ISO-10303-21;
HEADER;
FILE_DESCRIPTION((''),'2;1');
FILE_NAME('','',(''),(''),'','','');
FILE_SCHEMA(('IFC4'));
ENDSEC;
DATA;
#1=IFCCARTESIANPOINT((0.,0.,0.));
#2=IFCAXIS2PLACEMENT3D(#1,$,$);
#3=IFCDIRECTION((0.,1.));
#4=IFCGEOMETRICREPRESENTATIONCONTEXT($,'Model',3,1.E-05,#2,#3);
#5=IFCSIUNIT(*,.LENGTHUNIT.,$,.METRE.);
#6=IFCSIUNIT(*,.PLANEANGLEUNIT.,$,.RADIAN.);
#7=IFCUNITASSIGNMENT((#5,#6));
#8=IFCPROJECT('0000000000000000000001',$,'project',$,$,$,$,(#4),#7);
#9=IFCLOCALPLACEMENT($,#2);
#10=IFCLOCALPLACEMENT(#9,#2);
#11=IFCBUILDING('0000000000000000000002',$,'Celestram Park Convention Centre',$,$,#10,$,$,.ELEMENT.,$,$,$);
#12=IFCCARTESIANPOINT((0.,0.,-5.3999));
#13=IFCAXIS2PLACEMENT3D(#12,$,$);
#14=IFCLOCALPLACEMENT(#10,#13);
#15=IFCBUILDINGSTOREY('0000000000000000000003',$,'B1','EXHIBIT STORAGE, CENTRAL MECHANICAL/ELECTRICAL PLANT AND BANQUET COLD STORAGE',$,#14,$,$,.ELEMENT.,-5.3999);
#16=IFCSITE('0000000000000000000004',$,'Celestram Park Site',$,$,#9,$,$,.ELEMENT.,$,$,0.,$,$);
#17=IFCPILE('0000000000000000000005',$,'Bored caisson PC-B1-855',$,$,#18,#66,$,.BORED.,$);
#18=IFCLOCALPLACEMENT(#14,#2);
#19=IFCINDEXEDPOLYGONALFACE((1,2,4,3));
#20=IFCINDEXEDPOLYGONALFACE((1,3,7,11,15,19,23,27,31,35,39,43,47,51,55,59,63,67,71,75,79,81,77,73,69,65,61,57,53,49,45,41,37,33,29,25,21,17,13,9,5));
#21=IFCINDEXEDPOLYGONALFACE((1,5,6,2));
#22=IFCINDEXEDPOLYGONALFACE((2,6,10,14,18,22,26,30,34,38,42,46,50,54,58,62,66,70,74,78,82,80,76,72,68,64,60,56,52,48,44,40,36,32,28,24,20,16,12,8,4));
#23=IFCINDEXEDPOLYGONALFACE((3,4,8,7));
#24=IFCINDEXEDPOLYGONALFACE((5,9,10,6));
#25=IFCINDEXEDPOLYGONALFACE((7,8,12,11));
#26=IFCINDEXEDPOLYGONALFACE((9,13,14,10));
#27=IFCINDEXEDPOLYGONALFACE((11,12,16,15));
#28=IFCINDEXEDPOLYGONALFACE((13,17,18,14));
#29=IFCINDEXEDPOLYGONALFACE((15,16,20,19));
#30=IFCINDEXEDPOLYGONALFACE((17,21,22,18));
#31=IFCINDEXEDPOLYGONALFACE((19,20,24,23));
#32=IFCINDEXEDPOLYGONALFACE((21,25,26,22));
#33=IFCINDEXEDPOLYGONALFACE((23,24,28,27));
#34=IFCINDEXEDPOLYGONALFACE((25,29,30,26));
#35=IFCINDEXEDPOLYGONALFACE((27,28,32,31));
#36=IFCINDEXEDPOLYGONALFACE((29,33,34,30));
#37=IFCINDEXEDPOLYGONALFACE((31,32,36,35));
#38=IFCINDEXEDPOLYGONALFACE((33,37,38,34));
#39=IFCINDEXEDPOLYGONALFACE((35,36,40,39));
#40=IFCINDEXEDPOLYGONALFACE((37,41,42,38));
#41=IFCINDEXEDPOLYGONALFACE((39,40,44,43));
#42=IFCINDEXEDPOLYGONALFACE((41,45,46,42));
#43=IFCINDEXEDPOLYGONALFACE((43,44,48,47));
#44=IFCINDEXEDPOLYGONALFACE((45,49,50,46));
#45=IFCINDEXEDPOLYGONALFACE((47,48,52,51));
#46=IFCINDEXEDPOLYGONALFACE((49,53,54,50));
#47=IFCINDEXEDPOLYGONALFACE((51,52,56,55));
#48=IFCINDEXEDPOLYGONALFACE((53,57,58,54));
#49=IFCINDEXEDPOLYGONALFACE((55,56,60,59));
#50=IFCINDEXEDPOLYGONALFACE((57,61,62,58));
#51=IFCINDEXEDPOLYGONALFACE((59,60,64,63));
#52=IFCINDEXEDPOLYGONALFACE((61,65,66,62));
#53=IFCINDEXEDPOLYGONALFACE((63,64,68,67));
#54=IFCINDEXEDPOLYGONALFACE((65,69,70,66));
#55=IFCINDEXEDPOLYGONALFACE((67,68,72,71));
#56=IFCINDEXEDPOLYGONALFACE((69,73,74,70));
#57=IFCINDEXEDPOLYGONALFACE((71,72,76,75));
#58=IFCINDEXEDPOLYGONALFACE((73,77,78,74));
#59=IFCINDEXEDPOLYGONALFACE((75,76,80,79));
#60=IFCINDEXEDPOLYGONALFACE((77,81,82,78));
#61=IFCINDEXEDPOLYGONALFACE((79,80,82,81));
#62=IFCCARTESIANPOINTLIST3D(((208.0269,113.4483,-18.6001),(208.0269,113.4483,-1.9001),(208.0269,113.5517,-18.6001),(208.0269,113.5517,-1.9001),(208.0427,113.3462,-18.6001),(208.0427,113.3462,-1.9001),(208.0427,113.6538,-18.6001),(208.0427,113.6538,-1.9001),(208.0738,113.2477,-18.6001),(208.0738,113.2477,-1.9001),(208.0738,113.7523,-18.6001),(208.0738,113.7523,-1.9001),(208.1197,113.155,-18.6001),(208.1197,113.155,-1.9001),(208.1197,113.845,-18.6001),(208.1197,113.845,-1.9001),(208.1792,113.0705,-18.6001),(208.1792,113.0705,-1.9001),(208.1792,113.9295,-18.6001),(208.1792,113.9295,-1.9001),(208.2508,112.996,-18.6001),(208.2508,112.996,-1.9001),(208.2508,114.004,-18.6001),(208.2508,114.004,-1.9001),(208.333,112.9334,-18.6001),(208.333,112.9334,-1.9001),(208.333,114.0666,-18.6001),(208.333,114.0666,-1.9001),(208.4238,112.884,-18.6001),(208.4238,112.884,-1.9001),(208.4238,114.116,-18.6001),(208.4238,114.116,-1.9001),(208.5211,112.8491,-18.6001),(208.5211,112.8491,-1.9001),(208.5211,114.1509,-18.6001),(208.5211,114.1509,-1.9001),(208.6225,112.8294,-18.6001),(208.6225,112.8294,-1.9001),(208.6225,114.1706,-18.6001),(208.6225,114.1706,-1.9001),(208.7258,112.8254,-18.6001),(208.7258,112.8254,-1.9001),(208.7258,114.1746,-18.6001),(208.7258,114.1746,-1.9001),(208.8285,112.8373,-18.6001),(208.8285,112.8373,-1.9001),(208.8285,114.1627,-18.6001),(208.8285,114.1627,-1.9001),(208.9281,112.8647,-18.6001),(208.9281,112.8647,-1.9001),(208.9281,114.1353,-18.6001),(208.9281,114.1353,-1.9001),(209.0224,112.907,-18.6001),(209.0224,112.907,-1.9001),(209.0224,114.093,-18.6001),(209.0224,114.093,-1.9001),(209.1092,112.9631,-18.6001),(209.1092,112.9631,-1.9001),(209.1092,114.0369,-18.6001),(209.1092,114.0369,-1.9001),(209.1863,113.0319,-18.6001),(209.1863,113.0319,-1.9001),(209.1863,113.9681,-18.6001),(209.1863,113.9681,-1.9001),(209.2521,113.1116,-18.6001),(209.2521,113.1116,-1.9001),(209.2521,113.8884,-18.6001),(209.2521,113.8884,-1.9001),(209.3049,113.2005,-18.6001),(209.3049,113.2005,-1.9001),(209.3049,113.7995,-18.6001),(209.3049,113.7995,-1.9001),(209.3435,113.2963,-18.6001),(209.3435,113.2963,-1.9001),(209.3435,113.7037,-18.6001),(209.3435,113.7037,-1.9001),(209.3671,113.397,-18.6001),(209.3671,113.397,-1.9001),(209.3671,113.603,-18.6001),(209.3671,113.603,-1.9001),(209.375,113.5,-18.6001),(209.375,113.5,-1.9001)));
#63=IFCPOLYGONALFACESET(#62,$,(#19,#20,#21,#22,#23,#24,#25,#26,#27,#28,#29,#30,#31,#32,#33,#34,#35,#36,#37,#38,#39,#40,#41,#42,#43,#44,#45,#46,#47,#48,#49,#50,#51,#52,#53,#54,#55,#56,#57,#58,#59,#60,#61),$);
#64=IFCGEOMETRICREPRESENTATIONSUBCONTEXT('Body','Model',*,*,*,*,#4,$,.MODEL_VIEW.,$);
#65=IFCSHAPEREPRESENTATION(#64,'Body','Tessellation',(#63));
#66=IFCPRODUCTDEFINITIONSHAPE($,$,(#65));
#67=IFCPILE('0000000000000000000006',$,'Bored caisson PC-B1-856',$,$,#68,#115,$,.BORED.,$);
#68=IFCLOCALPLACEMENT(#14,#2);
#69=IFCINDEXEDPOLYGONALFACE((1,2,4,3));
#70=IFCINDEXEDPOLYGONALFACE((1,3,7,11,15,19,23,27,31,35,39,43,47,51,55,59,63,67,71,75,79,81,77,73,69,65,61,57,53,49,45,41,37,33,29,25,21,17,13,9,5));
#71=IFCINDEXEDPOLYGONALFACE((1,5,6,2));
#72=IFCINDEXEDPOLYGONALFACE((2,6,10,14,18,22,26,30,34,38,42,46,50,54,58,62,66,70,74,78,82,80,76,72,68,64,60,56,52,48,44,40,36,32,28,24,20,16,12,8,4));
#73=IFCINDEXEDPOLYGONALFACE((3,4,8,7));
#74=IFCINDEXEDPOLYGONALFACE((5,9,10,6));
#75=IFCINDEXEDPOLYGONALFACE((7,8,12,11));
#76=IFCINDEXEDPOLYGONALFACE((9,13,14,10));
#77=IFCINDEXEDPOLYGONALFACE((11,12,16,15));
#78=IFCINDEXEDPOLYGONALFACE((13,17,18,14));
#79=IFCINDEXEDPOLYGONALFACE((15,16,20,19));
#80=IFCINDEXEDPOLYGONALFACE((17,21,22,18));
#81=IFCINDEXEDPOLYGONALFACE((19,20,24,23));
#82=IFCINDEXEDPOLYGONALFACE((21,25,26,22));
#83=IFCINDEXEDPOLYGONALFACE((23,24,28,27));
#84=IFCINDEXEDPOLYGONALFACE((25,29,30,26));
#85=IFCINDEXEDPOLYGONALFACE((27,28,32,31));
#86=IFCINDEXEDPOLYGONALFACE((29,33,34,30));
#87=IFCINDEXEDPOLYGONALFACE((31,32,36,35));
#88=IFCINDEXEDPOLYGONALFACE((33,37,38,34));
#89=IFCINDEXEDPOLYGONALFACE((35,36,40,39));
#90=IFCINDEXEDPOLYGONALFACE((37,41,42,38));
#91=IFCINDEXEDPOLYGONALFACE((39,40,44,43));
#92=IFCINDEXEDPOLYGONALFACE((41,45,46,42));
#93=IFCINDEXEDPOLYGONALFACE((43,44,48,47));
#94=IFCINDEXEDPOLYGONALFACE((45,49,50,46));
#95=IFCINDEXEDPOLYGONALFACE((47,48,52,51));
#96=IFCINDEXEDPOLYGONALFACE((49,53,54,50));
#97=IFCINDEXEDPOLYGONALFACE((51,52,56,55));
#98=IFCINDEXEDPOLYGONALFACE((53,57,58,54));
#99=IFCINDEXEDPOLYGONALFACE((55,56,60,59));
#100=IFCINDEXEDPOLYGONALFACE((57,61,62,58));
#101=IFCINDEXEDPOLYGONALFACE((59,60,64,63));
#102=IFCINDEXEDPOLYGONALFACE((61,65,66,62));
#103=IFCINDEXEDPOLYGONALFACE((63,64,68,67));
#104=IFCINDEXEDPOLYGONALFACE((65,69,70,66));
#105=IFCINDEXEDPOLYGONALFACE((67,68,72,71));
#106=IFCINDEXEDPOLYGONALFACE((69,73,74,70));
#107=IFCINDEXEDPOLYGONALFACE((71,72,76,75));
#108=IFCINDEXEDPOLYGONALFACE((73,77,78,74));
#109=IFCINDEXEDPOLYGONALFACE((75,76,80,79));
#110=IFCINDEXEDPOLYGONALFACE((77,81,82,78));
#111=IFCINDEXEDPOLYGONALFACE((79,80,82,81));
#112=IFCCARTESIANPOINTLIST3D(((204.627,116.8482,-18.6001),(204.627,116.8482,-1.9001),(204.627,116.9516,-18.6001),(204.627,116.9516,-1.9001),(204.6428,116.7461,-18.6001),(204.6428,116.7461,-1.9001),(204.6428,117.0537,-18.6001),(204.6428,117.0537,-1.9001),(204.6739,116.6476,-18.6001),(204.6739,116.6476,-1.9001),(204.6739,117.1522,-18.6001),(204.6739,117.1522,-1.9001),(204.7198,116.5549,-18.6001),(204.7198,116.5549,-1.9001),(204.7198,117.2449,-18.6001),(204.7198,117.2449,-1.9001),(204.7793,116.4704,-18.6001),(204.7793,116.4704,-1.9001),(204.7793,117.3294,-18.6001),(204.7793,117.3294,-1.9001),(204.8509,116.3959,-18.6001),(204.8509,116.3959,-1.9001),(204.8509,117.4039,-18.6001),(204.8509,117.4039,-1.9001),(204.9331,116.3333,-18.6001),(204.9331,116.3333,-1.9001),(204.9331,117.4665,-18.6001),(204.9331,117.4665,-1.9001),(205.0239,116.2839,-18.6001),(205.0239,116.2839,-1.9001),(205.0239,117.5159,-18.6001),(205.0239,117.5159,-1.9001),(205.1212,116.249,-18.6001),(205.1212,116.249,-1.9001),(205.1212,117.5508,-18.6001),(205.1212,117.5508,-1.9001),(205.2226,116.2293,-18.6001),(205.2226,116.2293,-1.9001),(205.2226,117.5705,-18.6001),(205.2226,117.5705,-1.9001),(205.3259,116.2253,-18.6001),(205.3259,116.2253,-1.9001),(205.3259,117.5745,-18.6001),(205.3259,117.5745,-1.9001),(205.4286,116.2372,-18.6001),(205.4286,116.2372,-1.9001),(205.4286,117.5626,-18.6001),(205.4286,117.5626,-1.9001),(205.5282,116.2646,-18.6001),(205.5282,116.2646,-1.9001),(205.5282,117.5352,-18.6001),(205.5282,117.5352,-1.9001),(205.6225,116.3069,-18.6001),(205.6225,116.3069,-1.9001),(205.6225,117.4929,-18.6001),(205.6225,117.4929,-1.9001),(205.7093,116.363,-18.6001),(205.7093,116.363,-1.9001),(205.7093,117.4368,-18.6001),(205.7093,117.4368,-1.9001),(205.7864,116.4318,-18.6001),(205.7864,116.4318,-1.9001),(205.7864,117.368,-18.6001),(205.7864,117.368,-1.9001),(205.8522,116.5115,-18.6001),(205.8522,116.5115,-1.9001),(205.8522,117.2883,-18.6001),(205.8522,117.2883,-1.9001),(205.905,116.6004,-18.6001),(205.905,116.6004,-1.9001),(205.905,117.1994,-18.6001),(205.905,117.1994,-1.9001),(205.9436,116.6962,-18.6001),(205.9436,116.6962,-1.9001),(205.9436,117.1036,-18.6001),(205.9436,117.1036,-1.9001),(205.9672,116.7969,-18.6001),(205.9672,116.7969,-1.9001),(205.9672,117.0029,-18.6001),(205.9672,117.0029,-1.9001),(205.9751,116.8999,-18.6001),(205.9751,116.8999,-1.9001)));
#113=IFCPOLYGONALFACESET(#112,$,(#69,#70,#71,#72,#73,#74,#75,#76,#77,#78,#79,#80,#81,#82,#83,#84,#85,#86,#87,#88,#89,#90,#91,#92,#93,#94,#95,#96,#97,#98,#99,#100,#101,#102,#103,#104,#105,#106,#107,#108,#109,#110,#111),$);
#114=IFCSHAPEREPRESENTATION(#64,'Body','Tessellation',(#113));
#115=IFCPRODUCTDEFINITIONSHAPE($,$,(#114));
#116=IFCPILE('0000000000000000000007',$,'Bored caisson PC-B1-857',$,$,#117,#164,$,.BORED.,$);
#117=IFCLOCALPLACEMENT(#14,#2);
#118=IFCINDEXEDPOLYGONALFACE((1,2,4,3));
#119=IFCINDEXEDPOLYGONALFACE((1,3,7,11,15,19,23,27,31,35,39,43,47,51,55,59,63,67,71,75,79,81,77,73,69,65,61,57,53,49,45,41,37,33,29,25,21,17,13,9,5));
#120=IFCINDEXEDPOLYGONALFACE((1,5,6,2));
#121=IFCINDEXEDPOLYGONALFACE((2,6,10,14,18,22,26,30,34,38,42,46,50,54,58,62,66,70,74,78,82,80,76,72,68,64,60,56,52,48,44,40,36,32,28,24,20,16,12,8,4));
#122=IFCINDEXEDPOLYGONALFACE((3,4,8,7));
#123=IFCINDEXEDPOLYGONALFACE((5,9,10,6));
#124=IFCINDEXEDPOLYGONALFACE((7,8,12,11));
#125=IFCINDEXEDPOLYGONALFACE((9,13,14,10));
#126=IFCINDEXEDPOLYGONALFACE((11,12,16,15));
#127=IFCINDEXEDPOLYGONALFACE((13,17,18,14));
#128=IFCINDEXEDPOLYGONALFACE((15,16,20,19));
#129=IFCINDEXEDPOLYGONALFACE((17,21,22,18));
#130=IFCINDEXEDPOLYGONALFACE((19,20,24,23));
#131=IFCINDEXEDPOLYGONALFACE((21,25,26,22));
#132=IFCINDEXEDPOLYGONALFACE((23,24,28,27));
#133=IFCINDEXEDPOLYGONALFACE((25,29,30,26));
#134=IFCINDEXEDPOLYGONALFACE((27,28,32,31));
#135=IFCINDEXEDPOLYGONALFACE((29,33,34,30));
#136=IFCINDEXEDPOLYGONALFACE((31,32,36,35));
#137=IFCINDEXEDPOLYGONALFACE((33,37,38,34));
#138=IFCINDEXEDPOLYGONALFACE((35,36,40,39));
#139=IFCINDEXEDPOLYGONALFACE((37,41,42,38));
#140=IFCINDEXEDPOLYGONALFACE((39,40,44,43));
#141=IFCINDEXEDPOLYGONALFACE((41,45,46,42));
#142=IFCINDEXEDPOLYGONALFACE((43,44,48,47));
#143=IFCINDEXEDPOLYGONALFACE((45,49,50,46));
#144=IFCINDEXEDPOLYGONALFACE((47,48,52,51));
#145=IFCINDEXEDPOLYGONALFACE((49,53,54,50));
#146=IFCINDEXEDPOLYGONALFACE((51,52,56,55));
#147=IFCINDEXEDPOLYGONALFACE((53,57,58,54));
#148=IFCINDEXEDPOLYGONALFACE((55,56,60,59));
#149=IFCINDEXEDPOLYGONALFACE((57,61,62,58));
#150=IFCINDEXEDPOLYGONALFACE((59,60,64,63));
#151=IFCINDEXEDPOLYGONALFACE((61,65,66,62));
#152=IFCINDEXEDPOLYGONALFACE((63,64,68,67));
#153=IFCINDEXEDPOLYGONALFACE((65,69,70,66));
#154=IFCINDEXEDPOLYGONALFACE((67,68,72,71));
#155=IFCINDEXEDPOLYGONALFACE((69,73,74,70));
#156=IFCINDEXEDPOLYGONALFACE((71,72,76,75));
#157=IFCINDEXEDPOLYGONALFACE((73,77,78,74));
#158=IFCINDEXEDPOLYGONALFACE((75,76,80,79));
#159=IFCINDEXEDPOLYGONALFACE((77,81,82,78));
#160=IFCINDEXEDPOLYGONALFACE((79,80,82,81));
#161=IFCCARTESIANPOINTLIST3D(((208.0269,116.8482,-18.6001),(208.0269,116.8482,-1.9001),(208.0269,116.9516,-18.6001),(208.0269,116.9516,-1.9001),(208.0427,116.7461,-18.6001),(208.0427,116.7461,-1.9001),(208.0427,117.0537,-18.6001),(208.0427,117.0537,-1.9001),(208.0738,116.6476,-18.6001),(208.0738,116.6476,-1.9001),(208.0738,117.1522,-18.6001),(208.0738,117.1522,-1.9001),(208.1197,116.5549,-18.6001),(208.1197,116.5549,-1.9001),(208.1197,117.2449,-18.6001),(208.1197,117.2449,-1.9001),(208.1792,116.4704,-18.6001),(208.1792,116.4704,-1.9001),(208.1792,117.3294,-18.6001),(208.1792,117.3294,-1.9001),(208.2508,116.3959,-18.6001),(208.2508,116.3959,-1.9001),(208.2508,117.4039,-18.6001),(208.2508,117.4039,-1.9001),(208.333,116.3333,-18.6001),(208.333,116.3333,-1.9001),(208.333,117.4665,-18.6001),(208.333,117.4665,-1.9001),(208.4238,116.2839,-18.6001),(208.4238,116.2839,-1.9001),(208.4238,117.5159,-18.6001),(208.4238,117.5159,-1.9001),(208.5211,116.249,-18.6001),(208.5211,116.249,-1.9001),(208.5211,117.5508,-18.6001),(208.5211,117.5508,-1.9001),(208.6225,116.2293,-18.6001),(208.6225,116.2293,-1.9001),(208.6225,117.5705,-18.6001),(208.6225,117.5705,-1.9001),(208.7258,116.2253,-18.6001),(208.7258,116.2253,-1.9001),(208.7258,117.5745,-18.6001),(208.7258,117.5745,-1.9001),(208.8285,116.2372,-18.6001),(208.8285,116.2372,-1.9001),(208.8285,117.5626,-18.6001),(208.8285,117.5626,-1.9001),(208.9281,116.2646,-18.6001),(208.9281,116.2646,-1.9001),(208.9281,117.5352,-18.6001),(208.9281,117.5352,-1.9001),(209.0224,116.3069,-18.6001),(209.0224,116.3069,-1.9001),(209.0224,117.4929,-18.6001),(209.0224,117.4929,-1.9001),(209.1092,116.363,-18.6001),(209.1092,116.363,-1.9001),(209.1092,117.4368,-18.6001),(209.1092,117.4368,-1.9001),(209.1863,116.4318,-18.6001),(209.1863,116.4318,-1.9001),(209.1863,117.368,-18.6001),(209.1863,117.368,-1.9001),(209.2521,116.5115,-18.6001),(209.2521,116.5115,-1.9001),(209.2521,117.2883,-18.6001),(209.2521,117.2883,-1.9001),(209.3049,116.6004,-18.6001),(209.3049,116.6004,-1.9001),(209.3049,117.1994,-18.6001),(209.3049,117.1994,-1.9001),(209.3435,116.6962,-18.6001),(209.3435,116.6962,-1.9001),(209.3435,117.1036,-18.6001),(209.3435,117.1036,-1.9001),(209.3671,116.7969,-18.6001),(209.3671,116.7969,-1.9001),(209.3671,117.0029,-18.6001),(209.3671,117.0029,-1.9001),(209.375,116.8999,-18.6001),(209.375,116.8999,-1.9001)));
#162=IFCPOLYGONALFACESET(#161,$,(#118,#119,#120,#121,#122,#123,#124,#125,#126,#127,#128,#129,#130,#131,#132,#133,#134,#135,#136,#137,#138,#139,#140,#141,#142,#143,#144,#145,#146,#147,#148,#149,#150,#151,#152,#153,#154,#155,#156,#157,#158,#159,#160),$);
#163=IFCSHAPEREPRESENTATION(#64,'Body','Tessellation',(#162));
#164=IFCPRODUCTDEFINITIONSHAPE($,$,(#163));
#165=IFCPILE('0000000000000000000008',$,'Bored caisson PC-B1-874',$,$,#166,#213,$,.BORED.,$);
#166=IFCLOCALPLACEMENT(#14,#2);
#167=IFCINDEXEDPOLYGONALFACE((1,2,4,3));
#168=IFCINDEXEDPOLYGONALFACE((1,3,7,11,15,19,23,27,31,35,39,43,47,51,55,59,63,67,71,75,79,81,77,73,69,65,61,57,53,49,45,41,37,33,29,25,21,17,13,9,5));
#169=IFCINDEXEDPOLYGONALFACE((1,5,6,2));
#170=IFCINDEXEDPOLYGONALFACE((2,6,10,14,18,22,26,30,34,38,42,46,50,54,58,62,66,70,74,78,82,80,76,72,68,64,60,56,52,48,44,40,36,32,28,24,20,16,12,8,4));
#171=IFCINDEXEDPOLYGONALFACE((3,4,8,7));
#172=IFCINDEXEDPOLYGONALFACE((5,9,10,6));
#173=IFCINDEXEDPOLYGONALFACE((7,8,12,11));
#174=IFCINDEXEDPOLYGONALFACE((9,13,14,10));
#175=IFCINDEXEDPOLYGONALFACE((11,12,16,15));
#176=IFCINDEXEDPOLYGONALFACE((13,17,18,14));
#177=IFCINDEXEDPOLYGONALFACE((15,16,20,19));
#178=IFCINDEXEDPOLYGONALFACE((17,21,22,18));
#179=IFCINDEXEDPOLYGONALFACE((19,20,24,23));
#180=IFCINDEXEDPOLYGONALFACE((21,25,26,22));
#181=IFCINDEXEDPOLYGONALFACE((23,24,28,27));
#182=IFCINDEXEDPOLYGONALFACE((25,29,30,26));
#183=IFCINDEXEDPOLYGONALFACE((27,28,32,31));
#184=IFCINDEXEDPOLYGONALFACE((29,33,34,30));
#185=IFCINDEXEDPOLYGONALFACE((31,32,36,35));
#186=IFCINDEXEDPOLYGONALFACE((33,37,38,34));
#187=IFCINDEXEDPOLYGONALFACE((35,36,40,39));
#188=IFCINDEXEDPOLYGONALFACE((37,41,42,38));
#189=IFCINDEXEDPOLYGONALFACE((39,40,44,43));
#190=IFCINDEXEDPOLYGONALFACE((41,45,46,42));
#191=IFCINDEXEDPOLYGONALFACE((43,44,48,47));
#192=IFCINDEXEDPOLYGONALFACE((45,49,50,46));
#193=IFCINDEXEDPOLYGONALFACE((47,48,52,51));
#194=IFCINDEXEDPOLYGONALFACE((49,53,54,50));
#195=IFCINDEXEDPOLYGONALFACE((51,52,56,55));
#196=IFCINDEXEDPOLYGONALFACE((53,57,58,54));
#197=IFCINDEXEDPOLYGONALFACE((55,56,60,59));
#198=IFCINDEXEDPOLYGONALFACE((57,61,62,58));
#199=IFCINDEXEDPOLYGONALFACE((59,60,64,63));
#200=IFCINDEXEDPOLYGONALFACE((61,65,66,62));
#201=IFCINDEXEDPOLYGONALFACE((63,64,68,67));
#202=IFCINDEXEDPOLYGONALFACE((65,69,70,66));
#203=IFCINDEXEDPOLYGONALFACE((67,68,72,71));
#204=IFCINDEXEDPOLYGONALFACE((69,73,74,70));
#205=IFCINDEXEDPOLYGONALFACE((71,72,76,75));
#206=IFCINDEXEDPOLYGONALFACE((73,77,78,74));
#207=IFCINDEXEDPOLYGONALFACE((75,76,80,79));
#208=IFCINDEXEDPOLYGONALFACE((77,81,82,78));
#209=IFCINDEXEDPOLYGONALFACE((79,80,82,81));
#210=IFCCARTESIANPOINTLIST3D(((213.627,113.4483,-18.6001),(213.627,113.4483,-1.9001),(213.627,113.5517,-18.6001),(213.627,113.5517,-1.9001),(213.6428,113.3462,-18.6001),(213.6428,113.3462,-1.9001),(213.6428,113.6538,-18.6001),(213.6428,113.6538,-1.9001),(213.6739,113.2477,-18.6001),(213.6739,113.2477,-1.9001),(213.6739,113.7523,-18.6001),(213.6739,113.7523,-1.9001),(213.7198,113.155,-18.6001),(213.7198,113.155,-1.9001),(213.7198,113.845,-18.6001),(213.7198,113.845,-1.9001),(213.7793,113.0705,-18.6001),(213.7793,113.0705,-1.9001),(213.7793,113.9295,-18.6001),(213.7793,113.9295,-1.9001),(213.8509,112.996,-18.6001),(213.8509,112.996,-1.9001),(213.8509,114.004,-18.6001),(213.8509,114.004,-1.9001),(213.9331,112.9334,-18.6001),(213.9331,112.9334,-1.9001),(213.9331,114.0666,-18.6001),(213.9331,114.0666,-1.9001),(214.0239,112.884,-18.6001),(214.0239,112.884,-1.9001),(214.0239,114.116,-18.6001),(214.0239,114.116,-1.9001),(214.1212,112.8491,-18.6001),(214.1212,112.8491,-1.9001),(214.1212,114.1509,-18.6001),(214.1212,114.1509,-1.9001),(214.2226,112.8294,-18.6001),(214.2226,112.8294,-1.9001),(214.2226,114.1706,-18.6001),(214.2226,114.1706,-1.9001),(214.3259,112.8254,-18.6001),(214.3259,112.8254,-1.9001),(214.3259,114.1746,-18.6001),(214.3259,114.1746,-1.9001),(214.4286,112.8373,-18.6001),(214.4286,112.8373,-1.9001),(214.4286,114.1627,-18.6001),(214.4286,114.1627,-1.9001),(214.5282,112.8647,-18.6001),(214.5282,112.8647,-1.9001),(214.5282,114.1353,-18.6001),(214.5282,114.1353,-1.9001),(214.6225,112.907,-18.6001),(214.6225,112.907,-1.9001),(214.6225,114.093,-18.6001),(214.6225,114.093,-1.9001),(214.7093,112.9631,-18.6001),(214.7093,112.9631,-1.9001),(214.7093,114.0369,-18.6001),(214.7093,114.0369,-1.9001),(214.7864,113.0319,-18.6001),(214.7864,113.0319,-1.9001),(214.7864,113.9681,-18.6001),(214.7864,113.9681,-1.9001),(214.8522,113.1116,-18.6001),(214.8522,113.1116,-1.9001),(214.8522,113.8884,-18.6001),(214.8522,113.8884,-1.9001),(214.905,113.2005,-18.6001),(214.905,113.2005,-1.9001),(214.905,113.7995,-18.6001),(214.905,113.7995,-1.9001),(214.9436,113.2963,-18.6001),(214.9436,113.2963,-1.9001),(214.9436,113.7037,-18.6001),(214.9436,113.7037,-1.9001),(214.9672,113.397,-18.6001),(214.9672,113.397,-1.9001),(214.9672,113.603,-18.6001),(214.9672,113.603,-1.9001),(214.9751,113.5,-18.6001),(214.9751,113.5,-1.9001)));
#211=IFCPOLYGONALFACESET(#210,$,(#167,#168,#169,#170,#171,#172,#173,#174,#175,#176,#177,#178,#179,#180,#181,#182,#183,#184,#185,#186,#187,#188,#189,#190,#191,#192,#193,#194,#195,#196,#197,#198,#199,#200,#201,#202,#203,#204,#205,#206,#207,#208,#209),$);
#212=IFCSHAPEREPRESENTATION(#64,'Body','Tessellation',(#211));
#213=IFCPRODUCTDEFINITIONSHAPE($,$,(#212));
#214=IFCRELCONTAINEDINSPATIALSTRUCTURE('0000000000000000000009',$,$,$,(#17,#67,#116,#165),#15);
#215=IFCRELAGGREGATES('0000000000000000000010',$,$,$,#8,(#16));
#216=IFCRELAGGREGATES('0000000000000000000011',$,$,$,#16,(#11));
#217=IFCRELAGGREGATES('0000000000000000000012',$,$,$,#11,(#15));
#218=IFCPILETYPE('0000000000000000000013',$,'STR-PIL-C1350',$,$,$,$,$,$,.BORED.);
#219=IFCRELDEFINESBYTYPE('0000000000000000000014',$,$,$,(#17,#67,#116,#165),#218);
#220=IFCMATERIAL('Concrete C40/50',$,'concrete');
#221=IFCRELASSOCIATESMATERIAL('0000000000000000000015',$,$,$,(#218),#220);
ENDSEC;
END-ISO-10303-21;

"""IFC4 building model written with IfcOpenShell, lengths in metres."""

from ifc_helpers import new_model, si_unit, direction, frame, origin, origin_2d, place, context, subcontext, project, spatial, circle, extrude, material, material_profile, profile_set, type_object, element, save


model = new_model("IFC4")

# Units and contexts
model_context = context("Model", 3, precision=1e-05, world=origin(), true_north=direction((0.0, 1.0)))
body_context = subcontext(model_context, "Body", "Model", "MODEL_VIEW")
ifc_project = project(units=[si_unit("LENGTHUNIT", "METRE"), si_unit("PLANEANGLEUNIT", "RADIAN")], contexts=[model_context])

# Site, building, storey
site_placement = place(None, origin())
site = spatial("IfcSite", under=ifc_project, at=site_placement, Name="Celestram Park Site", CompositionType="ELEMENT", RefElevation=0.0)
building_placement = place(site_placement, origin())
building = spatial("IfcBuilding", under=site, at=building_placement, Name="Celestram Park Convention Centre", CompositionType="ELEMENT")
storey_placement = place(building_placement, frame((0.0, 0.0, -5.3999)))
storey = spatial("IfcBuildingStorey", under=building, at=storey_placement, Name="B1", Description="EXHIBIT STORAGE, CENTRAL MECHANICAL/ELECTRICAL PLANT AND BANQUET COLD STORAGE", CompositionType="ELEMENT", Elevation=-5.3999)

# Shared definitions
ifc_material_1 = material(Name="Concrete C40/50", Category="concrete")

# Piles
ifc_material_profile_1 = material_profile(ifc_material_1, circle(Radius=0.675, at=origin_2d()), Name="CAISSON1350")
ifc_profile_set_1 = profile_set([ifc_material_profile_1], Name="Concrete C40/50")
pile_type_1 = type_object("IfcPileType", Name="STR-PIL-C1350", PredefinedType="BORED", material=ifc_profile_set_1)
for number, where, z_axis, x_axis, name in (
    (1, (208.7, 113.5, -1.9001), (0.0, 0.0, -1.0), (1.0, 0.0, 0.0), "Bored caisson PC-B1-855"),
    (2, (205.3, 116.8999, -1.9001), (0.0, 0.0, -1.0), (1.0, 0.0, 0.0), "Bored caisson PC-B1-856"),
    (3, (208.7, 116.8999, -1.9001), (0.0, 0.0, -1.0), (1.0, 0.0, 0.0), "Bored caisson PC-B1-857"),
    (4, (214.3, 113.5, -1.9001), (0.0, 0.0, -1.0), (1.0, 0.0, 0.0), "Bored caisson PC-B1-874"),
):
    element("IfcPile", number, at=place(storey_placement, frame(where, z_axis=z_axis, x_axis=x_axis)), inside=storey, type_object=pile_type_1, Name=name, PredefinedType="BORED", context=body_context, shape_type="SweptSolid", body=[
        extrude(circle(Radius=0.675, at=origin_2d()), origin(), (0.0, 0.0, 1.0), 16.7),
    ])

save(model, "model.ifc")
